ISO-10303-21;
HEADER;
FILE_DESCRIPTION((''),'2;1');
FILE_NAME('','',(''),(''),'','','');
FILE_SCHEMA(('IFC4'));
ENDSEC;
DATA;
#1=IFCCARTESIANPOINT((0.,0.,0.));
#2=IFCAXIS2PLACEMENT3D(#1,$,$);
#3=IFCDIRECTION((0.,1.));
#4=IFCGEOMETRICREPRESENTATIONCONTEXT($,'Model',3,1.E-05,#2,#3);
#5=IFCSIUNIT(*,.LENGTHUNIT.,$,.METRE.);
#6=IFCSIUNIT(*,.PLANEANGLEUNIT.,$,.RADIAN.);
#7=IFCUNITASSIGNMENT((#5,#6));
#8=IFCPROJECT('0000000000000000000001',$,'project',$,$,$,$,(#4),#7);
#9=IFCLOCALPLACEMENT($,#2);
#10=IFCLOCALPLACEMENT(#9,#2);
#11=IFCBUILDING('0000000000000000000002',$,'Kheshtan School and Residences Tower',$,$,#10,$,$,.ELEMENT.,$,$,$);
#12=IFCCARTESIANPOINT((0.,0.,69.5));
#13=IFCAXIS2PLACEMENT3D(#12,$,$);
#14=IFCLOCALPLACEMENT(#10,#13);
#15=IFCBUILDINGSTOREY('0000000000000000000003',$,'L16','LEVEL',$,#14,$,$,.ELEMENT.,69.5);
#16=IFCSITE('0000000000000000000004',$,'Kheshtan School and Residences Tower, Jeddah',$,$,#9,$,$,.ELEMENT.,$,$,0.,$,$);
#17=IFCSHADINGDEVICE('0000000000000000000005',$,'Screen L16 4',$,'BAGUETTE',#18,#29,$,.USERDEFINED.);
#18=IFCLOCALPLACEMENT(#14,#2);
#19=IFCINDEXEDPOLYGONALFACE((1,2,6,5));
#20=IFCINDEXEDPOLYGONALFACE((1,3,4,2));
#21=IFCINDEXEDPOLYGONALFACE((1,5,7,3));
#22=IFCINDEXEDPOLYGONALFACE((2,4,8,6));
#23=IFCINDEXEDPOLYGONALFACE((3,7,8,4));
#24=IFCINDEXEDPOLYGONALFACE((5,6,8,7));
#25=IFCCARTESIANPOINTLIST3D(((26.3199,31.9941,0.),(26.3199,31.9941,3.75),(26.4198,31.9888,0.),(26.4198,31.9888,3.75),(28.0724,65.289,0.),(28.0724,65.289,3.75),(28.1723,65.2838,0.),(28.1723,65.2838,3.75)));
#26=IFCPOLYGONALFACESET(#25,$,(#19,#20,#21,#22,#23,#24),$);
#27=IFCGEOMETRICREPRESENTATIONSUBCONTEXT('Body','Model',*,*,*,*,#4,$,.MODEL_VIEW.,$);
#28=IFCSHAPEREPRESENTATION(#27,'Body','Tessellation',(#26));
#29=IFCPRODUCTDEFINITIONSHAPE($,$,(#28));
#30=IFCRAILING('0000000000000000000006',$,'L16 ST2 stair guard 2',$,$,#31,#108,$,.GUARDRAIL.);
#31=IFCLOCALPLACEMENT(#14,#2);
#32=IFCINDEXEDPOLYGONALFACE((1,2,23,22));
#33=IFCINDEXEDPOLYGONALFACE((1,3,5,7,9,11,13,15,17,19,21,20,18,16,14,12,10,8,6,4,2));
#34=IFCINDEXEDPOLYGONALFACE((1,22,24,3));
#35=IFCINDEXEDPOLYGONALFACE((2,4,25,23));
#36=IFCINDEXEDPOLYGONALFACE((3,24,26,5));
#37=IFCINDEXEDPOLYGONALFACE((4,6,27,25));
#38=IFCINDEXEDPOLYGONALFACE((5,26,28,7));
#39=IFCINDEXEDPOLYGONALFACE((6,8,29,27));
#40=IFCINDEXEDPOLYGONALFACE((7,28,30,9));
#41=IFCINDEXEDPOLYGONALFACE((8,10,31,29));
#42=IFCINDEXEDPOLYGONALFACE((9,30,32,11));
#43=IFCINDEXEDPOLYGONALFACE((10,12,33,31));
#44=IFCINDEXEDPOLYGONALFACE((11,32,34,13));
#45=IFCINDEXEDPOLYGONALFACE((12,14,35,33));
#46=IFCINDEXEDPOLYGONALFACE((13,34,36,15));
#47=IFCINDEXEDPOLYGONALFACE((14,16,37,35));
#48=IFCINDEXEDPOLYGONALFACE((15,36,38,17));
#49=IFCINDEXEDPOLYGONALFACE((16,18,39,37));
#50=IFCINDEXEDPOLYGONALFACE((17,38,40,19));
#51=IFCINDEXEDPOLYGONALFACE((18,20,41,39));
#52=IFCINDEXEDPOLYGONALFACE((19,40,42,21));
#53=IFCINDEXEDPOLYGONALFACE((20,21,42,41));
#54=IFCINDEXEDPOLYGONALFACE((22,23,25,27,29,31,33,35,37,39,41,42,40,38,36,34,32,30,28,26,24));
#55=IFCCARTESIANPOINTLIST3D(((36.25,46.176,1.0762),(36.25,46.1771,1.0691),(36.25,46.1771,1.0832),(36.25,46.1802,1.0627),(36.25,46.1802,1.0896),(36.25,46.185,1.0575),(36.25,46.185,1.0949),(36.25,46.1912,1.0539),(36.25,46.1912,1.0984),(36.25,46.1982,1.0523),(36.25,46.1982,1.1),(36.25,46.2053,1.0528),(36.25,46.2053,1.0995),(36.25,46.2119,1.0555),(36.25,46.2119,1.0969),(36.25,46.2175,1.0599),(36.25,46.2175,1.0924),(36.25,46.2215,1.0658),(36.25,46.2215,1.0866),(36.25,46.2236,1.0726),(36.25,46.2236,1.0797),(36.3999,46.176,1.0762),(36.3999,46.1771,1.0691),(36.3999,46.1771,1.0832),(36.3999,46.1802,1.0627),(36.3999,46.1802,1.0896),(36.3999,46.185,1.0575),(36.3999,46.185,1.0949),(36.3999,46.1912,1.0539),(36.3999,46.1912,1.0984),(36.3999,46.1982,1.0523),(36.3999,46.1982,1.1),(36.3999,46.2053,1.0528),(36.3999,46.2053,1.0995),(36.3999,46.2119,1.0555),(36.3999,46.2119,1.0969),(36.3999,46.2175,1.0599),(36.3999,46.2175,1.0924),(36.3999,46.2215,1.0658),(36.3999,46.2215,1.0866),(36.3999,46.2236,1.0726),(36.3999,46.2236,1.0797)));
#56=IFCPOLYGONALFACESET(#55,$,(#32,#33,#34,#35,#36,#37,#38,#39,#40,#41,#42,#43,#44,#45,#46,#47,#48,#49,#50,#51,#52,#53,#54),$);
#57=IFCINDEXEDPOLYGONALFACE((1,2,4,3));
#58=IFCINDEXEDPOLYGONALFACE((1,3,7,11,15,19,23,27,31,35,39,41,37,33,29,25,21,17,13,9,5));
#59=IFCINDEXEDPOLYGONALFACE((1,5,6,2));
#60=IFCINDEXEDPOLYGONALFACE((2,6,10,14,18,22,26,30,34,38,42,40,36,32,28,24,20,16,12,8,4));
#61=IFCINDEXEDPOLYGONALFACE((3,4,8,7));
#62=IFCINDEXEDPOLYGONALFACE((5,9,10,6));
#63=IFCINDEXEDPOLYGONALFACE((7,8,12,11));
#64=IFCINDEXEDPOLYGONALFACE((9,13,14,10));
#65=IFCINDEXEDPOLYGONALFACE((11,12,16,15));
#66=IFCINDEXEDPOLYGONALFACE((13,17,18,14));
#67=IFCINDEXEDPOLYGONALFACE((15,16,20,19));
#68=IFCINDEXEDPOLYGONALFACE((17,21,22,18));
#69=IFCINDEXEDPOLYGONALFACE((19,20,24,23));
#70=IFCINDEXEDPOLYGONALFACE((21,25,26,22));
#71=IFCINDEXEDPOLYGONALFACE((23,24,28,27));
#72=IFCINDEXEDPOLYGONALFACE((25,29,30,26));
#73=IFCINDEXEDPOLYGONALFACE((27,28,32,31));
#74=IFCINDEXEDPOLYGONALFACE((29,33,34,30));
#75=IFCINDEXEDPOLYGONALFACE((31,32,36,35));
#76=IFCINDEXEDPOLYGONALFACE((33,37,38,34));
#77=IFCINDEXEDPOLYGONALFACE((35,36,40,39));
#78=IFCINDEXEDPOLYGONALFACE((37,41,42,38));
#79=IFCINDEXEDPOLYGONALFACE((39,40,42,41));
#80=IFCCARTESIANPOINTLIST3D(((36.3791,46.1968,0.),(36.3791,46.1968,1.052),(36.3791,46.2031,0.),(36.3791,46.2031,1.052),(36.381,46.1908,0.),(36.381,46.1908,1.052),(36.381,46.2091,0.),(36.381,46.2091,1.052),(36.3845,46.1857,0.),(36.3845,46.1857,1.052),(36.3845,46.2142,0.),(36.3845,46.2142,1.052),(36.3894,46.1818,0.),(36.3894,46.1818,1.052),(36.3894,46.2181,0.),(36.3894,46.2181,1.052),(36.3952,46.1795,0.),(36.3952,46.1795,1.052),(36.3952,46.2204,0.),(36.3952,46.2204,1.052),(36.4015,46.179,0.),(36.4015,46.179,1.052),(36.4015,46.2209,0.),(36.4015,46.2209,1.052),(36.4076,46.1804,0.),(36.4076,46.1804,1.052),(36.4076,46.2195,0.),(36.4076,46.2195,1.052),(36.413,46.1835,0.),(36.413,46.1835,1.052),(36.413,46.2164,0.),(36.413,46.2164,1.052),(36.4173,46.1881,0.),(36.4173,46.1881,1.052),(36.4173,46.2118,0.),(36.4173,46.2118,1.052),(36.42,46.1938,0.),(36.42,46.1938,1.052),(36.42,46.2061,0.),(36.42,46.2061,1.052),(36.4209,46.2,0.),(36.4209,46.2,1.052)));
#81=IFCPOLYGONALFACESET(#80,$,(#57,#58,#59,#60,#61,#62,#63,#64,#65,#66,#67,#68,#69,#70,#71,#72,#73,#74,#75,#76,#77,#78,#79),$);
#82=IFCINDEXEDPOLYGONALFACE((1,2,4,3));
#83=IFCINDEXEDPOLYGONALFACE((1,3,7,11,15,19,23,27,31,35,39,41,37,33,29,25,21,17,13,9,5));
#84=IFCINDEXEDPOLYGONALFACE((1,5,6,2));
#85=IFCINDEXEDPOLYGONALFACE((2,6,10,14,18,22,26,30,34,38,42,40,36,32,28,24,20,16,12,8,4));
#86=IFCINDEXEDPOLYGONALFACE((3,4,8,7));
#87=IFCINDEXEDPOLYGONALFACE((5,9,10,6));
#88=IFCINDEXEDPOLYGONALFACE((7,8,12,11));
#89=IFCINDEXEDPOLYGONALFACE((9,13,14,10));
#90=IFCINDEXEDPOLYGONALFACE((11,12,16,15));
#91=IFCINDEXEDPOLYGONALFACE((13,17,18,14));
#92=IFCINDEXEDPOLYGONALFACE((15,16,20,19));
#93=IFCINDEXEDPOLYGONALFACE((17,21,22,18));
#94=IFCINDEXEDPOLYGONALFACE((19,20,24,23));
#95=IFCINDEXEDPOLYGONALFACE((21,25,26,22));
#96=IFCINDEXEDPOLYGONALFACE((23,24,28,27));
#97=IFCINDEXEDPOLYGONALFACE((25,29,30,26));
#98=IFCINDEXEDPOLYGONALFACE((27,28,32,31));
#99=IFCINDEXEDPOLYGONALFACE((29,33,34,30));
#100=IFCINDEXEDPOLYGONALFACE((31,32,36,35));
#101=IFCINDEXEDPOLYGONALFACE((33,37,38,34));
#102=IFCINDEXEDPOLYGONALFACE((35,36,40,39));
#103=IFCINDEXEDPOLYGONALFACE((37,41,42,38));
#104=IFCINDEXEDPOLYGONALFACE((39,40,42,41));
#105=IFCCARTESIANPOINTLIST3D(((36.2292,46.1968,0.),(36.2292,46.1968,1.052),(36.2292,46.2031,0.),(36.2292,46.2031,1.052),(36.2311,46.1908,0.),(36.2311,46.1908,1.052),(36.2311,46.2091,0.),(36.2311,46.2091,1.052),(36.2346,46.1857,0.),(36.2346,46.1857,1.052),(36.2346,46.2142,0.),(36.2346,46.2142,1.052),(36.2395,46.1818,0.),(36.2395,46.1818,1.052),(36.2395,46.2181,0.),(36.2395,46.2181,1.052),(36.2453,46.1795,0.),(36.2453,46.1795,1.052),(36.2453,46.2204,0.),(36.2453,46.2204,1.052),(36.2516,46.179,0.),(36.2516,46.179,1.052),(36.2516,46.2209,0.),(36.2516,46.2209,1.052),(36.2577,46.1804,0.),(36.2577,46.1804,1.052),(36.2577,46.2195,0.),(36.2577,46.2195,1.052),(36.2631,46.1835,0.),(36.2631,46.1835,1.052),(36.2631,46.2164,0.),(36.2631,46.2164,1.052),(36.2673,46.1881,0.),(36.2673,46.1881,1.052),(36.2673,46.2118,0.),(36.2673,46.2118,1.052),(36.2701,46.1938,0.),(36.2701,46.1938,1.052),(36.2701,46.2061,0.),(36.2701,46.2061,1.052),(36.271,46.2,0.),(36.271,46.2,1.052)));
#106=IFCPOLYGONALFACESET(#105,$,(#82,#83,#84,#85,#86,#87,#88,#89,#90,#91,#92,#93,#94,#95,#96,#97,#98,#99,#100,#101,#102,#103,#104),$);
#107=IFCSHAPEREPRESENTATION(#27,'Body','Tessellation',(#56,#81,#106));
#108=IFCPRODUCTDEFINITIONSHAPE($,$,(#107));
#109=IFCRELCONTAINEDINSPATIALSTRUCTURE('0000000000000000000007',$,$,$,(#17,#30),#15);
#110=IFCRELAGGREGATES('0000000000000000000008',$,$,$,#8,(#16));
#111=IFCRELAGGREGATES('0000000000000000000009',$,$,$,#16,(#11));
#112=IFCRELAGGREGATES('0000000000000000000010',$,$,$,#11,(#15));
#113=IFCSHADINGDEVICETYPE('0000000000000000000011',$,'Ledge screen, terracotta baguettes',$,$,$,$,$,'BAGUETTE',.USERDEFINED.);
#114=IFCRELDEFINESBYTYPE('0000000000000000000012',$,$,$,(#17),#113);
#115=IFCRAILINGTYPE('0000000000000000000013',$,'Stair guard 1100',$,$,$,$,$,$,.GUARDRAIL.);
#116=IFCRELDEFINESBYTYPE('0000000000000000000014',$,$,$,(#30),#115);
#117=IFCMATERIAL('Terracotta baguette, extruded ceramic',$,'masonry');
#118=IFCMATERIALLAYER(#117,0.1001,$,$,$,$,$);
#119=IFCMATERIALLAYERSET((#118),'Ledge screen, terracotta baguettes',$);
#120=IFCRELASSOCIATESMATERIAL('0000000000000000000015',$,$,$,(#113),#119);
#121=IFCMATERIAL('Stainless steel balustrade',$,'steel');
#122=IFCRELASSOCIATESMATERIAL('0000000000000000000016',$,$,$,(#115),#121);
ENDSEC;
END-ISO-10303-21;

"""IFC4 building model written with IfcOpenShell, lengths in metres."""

from ifc_helpers import new_model, si_unit, direction, frame, origin, origin_2d, place, context, subcontext, project, spatial, rectangle, circle, extrude, material, layer, layer_set, type_object, element, save


model = new_model("IFC4")

# Units and contexts
model_context = context("Model", 3, precision=1e-05, world=origin(), true_north=direction((0.0, 1.0)))
body_context = subcontext(model_context, "Body", "Model", "MODEL_VIEW")
ifc_project = project(units=[si_unit("LENGTHUNIT", "METRE"), si_unit("PLANEANGLEUNIT", "RADIAN")], contexts=[model_context])

# Site, building, storey
site_placement = place(None, origin())
site = spatial("IfcSite", under=ifc_project, at=site_placement, Name="Kheshtan School and Residences Tower, Jeddah", CompositionType="ELEMENT", RefElevation=0.0)
building_placement = place(site_placement, origin())
building = spatial("IfcBuilding", under=site, at=building_placement, Name="Kheshtan School and Residences Tower", CompositionType="ELEMENT")
storey_placement = place(building_placement, frame((0.0, 0.0, 69.5)))
storey = spatial("IfcBuildingStorey", under=building, at=storey_placement, Name="L16", Description="LEVEL", CompositionType="ELEMENT", Elevation=69.5)

# Shading device
ifc_material_1 = material(Name="Terracotta baguette, extruded ceramic", Category="masonry")
ifc_layer_1 = layer(ifc_material_1, 0.1001)
ifc_layer_set_1 = layer_set([ifc_layer_1], Name="Ledge screen, terracotta baguettes")
shading_device_type = type_object("IfcShadingDeviceType", Name="Ledge screen, terracotta baguettes", ElementType="BAGUETTE", PredefinedType="USERDEFINED", material=ifc_layer_set_1)
shading_device_placement = place(storey_placement, frame((27.2461, 48.6389, 0.0), z_axis=(0.0, 0.0, 1.0), x_axis=(0.052563, 0.998618, 0.0)))
element("IfcShadingDevice", 1, at=shading_device_placement, inside=storey, type_object=shading_device_type, Name="Screen L16 4", ObjectType="BAGUETTE", PredefinedType="USERDEFINED", context=body_context, shape_type="SweptSolid", body=[
    extrude(rectangle(XDim=33.3411, YDim=0.1001, at=origin_2d()), origin(), (0.0, 0.0, 1.0), 3.75),
])

# Railing
ifc_material_2 = material(Name="Stainless steel balustrade", Category="steel")
railing_type_1 = type_object("IfcRailingType", Name="Stair guard 1100", PredefinedType="GUARDRAIL", material=ifc_material_2)
railing_1_placement = place(storey_placement, frame((36.3999, 46.2, 0.0)))
element("IfcRailing", 2, at=railing_1_placement, inside=storey, type_object=railing_type_1, Name="L16 ST2 stair guard 2", PredefinedType="GUARDRAIL", context=body_context, shape_type="SweptSolid", body=[
    extrude(circle(Radius=0.0239, at=origin_2d()), frame((0.0, 0.0, 1.0762), z_axis=(-1.0, 0.0, 0.0), x_axis=(0.0, -1.0, 0.0)), (0.0, 0.0, 1.0), 0.1499),
    extrude(circle(Radius=0.021, at=origin_2d()), origin(), (0.0, 0.0, 1.0), 1.052),
    extrude(circle(Radius=0.021, at=origin_2d()), frame((-0.1499, 0.0, 0.0)), (0.0, 0.0, 1.0), 1.052),
])

save(model, "model.ifc")
